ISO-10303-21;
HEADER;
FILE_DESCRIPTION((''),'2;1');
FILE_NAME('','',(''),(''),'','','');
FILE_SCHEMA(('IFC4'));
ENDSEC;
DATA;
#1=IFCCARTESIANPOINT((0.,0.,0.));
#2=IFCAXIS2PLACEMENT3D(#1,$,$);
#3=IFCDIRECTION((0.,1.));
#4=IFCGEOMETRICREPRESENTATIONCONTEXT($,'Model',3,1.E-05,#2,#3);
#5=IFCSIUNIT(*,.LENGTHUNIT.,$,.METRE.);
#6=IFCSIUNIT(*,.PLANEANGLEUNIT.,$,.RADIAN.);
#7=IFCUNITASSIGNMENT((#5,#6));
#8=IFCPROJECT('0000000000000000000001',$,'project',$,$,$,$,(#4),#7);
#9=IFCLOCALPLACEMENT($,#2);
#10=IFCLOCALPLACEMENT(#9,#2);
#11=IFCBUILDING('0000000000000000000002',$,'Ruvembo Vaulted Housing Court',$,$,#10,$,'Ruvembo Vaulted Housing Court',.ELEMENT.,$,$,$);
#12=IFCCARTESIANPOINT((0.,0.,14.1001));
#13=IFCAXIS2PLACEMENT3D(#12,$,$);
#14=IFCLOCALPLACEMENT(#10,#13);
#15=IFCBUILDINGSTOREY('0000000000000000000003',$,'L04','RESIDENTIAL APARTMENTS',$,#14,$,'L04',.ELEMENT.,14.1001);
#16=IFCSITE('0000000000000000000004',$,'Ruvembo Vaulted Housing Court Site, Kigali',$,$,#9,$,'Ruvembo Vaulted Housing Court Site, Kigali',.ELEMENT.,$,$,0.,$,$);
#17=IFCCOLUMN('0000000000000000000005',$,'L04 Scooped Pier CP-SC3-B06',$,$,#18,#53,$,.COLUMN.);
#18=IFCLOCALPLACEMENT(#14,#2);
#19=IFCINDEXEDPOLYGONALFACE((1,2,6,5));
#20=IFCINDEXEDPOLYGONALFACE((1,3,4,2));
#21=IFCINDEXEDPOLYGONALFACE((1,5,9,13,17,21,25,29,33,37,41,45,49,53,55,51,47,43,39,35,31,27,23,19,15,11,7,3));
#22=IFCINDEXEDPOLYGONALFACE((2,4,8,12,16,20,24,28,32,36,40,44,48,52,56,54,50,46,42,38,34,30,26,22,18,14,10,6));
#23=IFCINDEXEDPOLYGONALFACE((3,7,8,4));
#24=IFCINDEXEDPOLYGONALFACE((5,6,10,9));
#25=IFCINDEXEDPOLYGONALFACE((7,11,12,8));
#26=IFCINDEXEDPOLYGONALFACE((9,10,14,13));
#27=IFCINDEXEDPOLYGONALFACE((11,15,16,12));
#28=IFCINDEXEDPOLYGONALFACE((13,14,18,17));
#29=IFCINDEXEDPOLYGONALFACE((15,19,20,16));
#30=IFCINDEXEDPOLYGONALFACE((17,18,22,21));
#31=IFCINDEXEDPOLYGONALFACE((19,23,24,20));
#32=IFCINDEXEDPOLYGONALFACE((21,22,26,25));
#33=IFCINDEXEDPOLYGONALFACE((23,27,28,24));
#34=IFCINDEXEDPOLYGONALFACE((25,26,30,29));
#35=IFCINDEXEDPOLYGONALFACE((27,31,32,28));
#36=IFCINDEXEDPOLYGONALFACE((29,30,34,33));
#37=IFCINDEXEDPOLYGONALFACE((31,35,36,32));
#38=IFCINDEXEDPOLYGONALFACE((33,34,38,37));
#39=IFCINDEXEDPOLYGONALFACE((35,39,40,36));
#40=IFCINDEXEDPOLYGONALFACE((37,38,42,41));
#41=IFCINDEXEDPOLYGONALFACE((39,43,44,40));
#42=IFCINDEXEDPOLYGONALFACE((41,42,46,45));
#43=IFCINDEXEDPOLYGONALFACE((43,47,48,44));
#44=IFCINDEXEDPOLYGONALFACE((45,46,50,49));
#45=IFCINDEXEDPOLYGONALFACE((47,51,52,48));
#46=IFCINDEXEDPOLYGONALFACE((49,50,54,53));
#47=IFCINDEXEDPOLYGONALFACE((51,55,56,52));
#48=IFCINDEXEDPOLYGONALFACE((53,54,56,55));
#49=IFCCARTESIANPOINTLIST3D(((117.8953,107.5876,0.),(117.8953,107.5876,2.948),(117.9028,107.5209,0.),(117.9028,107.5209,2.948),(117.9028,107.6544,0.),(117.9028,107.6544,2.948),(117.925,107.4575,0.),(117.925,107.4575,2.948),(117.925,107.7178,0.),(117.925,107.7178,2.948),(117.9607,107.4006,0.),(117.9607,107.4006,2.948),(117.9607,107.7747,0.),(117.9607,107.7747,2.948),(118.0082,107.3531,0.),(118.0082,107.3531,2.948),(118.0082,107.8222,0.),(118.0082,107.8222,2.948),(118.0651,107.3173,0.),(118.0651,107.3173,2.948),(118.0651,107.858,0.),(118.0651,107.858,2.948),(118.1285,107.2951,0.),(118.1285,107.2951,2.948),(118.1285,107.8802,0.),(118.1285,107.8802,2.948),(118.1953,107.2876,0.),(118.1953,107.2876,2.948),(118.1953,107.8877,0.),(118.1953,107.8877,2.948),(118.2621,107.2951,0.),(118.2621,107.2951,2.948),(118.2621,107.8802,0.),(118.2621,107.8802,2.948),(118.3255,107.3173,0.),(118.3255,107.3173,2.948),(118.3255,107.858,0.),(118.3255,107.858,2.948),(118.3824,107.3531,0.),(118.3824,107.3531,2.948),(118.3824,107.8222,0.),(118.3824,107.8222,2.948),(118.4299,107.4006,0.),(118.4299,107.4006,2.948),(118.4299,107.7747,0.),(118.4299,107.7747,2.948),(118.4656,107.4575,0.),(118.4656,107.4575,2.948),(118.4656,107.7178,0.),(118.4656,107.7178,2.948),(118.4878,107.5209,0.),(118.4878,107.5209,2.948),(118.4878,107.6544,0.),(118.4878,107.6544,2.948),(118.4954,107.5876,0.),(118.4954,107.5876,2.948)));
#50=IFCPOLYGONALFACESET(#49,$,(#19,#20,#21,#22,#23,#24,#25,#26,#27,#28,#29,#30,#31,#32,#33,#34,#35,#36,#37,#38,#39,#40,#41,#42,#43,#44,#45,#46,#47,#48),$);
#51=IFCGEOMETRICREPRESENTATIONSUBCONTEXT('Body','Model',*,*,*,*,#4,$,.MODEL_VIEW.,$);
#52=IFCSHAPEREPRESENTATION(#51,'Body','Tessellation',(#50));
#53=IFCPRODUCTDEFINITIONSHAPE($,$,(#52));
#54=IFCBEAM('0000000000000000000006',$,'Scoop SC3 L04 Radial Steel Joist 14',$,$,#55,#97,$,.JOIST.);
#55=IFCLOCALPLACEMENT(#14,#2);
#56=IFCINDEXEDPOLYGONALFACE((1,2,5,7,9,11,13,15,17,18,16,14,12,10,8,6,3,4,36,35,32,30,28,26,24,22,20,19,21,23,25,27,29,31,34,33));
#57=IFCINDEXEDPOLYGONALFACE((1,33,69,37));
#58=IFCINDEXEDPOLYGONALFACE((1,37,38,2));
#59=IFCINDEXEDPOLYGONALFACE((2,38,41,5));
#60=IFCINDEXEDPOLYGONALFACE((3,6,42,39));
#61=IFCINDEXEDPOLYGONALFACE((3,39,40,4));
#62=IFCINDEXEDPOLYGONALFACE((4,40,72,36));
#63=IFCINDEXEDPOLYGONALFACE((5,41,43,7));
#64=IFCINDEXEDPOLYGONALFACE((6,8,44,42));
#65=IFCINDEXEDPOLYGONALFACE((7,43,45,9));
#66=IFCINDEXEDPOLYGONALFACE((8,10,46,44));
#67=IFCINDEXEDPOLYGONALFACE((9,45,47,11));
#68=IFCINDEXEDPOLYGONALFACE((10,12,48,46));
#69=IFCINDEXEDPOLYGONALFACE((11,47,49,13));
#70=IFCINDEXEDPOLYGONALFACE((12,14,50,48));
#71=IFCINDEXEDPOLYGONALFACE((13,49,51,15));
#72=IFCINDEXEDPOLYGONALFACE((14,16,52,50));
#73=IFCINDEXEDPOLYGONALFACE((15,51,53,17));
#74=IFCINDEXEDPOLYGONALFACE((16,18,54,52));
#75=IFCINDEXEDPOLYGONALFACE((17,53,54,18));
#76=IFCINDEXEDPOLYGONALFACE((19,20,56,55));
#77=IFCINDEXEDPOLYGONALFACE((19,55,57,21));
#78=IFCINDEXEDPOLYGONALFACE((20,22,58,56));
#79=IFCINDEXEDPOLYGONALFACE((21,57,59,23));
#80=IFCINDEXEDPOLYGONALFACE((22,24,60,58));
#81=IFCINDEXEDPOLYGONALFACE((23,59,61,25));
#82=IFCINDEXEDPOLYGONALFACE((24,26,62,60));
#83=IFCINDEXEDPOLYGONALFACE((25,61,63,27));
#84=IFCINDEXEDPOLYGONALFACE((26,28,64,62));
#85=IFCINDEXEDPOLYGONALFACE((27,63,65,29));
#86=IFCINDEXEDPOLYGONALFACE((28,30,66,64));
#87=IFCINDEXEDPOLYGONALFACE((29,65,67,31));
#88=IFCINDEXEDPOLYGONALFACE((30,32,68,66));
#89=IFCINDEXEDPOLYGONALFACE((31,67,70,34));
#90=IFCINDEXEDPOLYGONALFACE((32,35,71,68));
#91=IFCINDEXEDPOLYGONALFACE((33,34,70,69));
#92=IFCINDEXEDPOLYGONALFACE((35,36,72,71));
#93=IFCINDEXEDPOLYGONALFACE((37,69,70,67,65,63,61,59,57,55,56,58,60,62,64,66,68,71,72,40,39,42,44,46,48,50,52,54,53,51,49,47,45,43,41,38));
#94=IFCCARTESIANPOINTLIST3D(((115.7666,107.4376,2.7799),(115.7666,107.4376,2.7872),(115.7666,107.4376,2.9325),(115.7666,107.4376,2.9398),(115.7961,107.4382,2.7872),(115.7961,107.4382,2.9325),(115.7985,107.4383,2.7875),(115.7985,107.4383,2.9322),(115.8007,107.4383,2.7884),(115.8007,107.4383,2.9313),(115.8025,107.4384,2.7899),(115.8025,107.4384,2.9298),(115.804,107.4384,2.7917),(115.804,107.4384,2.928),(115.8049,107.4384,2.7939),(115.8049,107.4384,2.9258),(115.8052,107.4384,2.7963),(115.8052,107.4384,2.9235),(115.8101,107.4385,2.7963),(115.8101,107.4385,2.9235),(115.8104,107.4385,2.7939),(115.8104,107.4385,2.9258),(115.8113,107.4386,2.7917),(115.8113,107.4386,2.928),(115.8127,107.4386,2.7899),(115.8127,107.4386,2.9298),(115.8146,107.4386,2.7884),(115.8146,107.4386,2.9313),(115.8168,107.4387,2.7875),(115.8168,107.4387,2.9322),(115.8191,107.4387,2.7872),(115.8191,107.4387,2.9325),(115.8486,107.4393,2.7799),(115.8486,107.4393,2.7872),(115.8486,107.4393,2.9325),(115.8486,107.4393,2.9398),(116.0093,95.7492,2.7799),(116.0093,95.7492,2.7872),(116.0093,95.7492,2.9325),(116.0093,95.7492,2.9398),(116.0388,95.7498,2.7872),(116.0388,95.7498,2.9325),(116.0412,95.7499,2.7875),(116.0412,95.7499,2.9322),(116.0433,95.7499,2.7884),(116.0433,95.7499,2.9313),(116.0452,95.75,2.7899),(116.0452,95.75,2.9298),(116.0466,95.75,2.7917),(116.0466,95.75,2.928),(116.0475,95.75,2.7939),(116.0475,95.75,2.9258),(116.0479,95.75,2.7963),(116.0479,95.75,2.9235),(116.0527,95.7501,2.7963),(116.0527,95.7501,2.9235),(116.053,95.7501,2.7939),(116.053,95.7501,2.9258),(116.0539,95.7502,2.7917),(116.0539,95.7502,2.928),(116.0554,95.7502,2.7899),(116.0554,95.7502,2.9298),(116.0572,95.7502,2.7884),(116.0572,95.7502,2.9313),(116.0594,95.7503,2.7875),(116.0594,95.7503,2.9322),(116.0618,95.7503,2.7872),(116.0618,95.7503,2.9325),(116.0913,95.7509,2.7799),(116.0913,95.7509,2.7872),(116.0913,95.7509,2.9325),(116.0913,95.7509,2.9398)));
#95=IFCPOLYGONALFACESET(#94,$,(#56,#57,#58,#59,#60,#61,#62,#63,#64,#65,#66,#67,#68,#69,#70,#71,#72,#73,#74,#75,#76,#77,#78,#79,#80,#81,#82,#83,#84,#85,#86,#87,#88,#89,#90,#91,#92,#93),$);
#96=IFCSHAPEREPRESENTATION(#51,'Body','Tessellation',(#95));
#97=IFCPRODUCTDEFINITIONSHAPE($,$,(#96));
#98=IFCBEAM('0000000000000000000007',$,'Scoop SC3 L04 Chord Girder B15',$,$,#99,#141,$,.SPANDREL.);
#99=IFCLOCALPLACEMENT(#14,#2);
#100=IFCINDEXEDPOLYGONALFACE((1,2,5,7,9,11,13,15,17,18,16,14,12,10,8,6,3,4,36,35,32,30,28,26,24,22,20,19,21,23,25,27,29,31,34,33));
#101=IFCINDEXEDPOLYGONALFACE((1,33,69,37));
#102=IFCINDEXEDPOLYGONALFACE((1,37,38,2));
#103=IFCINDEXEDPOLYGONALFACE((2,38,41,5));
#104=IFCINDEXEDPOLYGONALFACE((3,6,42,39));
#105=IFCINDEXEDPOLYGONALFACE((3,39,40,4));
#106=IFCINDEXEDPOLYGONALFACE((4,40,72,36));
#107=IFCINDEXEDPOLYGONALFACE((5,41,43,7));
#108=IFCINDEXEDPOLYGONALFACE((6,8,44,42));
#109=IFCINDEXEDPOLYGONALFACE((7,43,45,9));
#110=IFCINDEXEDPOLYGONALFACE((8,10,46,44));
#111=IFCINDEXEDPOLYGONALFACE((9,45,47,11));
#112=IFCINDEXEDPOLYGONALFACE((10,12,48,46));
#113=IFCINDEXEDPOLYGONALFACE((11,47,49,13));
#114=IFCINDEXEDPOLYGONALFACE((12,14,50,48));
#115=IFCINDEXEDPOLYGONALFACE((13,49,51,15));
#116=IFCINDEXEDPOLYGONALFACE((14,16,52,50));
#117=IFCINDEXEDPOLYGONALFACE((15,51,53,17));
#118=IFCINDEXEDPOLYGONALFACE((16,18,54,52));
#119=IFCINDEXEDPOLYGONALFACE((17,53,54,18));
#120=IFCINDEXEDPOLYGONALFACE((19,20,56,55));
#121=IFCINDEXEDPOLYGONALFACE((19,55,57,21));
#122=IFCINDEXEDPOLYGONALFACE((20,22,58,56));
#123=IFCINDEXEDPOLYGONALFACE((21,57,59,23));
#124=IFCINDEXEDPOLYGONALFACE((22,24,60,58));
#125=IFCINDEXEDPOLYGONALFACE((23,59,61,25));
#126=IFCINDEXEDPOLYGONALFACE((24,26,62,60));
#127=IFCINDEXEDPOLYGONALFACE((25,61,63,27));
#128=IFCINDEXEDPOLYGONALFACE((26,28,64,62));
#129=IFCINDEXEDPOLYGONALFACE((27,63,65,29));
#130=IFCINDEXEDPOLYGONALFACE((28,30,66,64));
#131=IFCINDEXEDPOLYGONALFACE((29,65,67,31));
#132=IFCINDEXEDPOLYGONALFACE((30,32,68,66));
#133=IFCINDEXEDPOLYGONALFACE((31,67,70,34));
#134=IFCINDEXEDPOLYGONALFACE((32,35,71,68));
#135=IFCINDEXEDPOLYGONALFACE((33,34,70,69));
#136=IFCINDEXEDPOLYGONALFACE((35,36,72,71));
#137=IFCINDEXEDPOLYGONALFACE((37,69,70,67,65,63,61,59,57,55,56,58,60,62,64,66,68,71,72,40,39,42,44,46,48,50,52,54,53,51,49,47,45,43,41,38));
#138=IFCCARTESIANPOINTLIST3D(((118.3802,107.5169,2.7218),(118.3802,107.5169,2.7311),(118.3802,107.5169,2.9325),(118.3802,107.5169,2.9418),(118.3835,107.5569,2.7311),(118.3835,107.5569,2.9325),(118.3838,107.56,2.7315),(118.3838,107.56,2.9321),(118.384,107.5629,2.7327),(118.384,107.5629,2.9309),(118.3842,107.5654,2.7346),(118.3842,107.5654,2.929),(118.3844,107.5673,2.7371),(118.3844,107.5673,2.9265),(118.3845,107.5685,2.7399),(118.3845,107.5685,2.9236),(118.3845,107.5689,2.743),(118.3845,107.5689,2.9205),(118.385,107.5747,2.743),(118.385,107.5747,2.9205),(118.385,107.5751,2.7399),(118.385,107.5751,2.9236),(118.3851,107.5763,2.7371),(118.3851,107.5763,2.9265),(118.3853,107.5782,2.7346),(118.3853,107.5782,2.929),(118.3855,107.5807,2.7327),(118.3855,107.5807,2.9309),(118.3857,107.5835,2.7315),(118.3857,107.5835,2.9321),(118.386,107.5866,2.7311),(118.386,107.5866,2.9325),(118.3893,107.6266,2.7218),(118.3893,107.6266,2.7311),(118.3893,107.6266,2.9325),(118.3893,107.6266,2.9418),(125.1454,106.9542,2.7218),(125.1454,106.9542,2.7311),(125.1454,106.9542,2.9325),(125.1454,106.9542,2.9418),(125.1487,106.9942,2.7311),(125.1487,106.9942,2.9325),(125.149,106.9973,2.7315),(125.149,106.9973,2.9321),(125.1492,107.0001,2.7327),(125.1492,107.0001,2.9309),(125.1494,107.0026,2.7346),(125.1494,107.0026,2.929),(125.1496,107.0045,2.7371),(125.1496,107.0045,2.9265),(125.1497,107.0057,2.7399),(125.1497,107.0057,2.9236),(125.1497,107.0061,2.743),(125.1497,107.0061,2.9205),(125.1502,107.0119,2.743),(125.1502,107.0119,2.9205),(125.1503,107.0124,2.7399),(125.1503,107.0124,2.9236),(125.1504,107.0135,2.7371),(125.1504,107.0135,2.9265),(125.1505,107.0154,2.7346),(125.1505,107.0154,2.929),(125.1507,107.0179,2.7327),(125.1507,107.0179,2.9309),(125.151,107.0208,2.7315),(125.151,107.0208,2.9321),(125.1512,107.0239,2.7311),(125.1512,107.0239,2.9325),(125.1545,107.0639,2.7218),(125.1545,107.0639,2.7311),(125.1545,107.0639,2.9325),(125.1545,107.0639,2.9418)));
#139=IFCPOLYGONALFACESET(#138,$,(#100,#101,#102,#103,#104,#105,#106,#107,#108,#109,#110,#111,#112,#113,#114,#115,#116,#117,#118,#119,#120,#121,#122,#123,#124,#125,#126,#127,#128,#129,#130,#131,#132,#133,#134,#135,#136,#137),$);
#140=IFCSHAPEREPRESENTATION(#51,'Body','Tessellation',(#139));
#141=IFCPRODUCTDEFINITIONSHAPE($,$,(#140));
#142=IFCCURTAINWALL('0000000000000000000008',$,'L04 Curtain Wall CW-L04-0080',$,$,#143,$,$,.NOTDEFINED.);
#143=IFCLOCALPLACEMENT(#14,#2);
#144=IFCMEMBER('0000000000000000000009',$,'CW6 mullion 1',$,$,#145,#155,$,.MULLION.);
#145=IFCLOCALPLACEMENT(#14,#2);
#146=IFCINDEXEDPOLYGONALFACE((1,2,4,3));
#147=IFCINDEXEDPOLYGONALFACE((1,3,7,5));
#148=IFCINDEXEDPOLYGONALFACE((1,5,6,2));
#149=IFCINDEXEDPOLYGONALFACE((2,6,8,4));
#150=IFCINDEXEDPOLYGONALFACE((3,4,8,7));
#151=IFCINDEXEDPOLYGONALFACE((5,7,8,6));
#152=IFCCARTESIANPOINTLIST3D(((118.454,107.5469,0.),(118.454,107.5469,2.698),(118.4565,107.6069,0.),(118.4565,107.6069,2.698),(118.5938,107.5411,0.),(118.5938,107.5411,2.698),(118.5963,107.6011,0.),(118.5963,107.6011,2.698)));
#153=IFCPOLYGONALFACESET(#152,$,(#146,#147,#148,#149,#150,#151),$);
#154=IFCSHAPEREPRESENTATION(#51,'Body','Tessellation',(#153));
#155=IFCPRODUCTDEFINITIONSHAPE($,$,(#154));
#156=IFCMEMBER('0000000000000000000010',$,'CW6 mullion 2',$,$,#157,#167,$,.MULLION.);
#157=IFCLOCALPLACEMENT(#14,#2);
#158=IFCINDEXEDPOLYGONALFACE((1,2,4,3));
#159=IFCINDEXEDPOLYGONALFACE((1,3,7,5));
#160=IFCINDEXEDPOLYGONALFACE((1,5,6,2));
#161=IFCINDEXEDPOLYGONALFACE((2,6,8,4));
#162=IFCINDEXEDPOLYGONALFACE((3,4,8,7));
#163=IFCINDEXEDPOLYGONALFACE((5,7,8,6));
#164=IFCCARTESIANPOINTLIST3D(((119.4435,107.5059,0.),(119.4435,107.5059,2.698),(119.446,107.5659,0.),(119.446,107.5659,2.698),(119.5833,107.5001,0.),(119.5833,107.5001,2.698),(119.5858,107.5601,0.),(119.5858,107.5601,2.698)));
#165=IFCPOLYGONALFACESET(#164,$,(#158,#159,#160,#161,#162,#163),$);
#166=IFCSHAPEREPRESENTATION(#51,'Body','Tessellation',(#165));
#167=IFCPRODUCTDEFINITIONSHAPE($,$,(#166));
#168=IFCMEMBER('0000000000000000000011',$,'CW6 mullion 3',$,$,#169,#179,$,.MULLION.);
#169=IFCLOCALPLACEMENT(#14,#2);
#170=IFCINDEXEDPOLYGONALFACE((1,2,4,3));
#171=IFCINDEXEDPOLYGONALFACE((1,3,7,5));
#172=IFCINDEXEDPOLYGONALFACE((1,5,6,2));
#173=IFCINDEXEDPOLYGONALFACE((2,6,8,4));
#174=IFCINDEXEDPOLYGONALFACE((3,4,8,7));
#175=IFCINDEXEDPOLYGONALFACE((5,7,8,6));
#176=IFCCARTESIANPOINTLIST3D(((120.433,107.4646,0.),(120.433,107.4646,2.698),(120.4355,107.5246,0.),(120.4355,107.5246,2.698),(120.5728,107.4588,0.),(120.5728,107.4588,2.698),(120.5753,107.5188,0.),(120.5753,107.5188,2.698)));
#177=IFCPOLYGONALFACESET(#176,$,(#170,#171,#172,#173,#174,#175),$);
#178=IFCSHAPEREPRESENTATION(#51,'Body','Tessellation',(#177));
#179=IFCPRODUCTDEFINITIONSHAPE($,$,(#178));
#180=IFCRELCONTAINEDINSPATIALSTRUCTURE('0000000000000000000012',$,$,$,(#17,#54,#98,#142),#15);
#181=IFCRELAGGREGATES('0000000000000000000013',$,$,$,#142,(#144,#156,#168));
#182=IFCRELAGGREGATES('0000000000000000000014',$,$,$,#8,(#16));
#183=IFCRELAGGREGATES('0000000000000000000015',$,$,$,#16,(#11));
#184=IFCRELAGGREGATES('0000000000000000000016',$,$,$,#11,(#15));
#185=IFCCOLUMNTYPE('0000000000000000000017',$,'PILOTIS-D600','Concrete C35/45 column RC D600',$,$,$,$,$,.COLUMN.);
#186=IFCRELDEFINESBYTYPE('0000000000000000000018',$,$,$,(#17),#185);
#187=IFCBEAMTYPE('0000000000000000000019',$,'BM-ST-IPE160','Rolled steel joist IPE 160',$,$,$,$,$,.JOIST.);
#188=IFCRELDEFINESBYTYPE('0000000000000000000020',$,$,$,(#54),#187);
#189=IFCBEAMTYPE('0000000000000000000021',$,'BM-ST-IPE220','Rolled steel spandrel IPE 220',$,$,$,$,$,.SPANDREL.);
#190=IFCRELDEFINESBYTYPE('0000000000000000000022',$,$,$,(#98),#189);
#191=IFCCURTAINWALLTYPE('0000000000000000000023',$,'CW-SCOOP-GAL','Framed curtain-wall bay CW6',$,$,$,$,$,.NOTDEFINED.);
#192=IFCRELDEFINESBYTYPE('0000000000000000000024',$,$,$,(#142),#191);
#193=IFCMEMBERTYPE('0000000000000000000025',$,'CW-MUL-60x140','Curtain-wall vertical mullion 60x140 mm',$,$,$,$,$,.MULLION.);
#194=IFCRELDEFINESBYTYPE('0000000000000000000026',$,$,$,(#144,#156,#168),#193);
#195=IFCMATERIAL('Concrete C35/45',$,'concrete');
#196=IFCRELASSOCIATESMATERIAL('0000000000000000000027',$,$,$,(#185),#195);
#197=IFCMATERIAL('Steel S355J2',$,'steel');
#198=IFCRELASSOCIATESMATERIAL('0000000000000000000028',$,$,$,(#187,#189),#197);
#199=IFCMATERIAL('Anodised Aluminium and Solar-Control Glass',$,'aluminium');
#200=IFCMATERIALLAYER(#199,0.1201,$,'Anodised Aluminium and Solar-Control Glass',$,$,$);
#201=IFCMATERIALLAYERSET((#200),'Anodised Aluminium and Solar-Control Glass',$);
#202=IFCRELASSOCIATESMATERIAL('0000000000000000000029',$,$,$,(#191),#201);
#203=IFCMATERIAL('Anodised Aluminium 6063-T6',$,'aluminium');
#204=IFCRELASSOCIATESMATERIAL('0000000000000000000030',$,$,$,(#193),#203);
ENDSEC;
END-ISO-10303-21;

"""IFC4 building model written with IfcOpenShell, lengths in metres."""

from ifc_helpers import new_model, si_unit, direction, frame, origin, origin_2d, place, context, subcontext, project, spatial, rectangle, circle, i_section, extrude, material, layer, layer_set, material_profile, profile_set, type_object, element, aggregate, save


model = new_model("IFC4")

# Units and contexts
model_context = context("Model", 3, precision=1e-05, world=origin(), true_north=direction((0.0, 1.0)))
body_context = subcontext(model_context, "Body", "Model", "MODEL_VIEW")
ifc_project = project(units=[si_unit("LENGTHUNIT", "METRE"), si_unit("PLANEANGLEUNIT", "RADIAN")], contexts=[model_context])

# Site, building, storey
site_placement = place(None, origin())
site = spatial("IfcSite", under=ifc_project, at=site_placement, Name="Ruvembo Vaulted Housing Court Site, Kigali", LongName="Ruvembo Vaulted Housing Court Site, Kigali", CompositionType="ELEMENT", RefElevation=0.0)
building_placement = place(site_placement, origin())
building = spatial("IfcBuilding", under=site, at=building_placement, Name="Ruvembo Vaulted Housing Court", LongName="Ruvembo Vaulted Housing Court", CompositionType="ELEMENT")
storey_placement = place(building_placement, frame((0.0, 0.0, 14.1001)))
storey = spatial("IfcBuildingStorey", under=building, at=storey_placement, Name="L04", Description="RESIDENTIAL APARTMENTS", LongName="L04", CompositionType="ELEMENT", Elevation=14.1001)

# Column
ifc_material_1 = material(Name="Concrete C35/45", Category="concrete")
ifc_material_profile_1 = material_profile(ifc_material_1, circle(Radius=0.3, at=origin_2d()), Name="RC D600")
ifc_profile_set_1 = profile_set([ifc_material_profile_1], Name="Concrete C35/45")
column_type = type_object("IfcColumnType", Name="PILOTIS-D600", Description="Concrete C35/45 column RC D600", PredefinedType="COLUMN", material=ifc_profile_set_1)
column_placement = place(storey_placement, frame((118.1953, 107.5876, 0.0), z_axis=(0.0, 0.0, 1.0), x_axis=(1.0, 0.0, 0.0)))
element("IfcColumn", 1, at=column_placement, inside=storey, type_object=column_type, Name="L04 Scooped Pier CP-SC3-B06", PredefinedType="COLUMN", context=body_context, shape_type="SweptSolid", body=[
    extrude(circle(Radius=0.3, at=origin_2d()), origin(), (0.0, 0.0, 1.0), 2.948),
])

# Beams
ifc_material_2 = material(Name="Steel S355J2", Category="steel")
ifc_material_profile_2 = material_profile(ifc_material_2, i_section(OverallWidth=0.082, OverallDepth=0.1599, WebThickness=0.0049, FlangeThickness=0.0073, FilletRadius=0.009, at=origin_2d()), Name="IPE 160")
ifc_profile_set_2 = profile_set([ifc_material_profile_2], Name="Steel S355J2")
beam_type_1 = type_object("IfcBeamType", Name="BM-ST-IPE160", Description="Rolled steel joist IPE 160", PredefinedType="JOIST", material=ifc_profile_set_2)
beam_1_placement = place(storey_placement, frame((115.8076, 107.4385, 2.8599), z_axis=(0.020757, -0.999785, 0.0), x_axis=(0.999785, 0.020757, 0.0)))
element("IfcBeam", 2, at=beam_1_placement, inside=storey, type_object=beam_type_1, Name="Scoop SC3 L04 Radial Steel Joist 14", PredefinedType="JOIST", context=body_context, shape_type="SweptSolid", body=[
    extrude(i_section(OverallWidth=0.082, OverallDepth=0.1599, WebThickness=0.0049, FlangeThickness=0.0073, FilletRadius=0.009, at=origin_2d()), origin(), (0.0, 0.0, 1.0), 11.6909),
])
ifc_material_profile_3 = material_profile(ifc_material_2, i_section(OverallWidth=0.1101, OverallDepth=0.22, WebThickness=0.0059, FlangeThickness=0.0093, FilletRadius=0.012, at=origin_2d()), Name="IPE 220")
ifc_profile_set_3 = profile_set([ifc_material_profile_3], Name="Steel S355J2")
beam_type_2 = type_object("IfcBeamType", Name="BM-ST-IPE220", Description="Rolled steel spandrel IPE 220", PredefinedType="SPANDREL", material=ifc_profile_set_3)
beam_2_placement = place(storey_placement, frame((118.3848, 107.5718, 2.8318), z_axis=(0.996558, -0.082897, 0.0), x_axis=(0.082897, 0.996558, 0.0)))
element("IfcBeam", 3, at=beam_2_placement, inside=storey, type_object=beam_type_2, Name="Scoop SC3 L04 Chord Girder B15", PredefinedType="SPANDREL", context=body_context, shape_type="SweptSolid", body=[
    extrude(i_section(OverallWidth=0.1101, OverallDepth=0.22, WebThickness=0.0059, FlangeThickness=0.0093, FilletRadius=0.012, at=origin_2d()), origin(), (0.0, 0.0, 1.0), 6.7886),
])

# Curtain wall, members
ifc_material_3 = material(Name="Anodised Aluminium and Solar-Control Glass", Category="aluminium")
ifc_layer_1 = layer(ifc_material_3, 0.1201, Name="Anodised Aluminium and Solar-Control Glass")
ifc_layer_set_1 = layer_set([ifc_layer_1], Name="Anodised Aluminium and Solar-Control Glass")
curtain_wall_type = type_object("IfcCurtainWallType", Name="CW-SCOOP-GAL", Description="Framed curtain-wall bay CW6", PredefinedType="NOTDEFINED", material=ifc_layer_set_1)
curtain_wall_placement = place(storey_placement, origin())
curtain_wall = element("IfcCurtainWall", 4, at=curtain_wall_placement, inside=storey, type_object=curtain_wall_type, Name="L04 Curtain Wall CW-L04-0080", PredefinedType="NOTDEFINED")
ifc_material_4 = material(Name="Anodised Aluminium 6063-T6", Category="aluminium")
ifc_material_profile_4 = material_profile(ifc_material_4, rectangle(XDim=0.0601, YDim=0.1399, at=origin_2d()), Name="ALU 60x140")
ifc_profile_set_4 = profile_set([ifc_material_profile_4], Name="Anodised Aluminium 6063-T6")
member_type_1 = type_object("IfcMemberType", Name="CW-MUL-60x140", Description="Curtain-wall vertical mullion 60x140 mm", PredefinedType="MULLION", material=ifc_profile_set_4)
member_1_placement = place(storey_placement, frame((118.5251, 107.574, 0.0), z_axis=(0.0, 0.0, 1.0), x_axis=(0.041502, 0.999138, 0.0)))
member_1 = element("IfcMember", 5, at=member_1_placement, type_object=member_type_1, Name="CW6 mullion 1", PredefinedType="MULLION", context=body_context, shape_type="SweptSolid", body=[
    extrude(rectangle(XDim=0.0601, YDim=0.1399, at=origin_2d()), origin(), (0.0, 0.0, 1.0), 2.698),
])
member_2_placement = place(storey_placement, frame((119.5146, 107.533, 0.0), z_axis=(0.0, 0.0, 1.0), x_axis=(0.041502, 0.999138, 0.0)))
member_2 = element("IfcMember", 6, at=member_2_placement, type_object=member_type_1, Name="CW6 mullion 2", PredefinedType="MULLION", context=body_context, shape_type="SweptSolid", body=[
    extrude(rectangle(XDim=0.0601, YDim=0.1399, at=origin_2d()), origin(), (0.0, 0.0, 1.0), 2.698),
])
member_3_placement = place(storey_placement, frame((120.5042, 107.4917, 0.0), z_axis=(0.0, 0.0, 1.0), x_axis=(0.041502, 0.999138, 0.0)))
member_3 = element("IfcMember", 7, at=member_3_placement, type_object=member_type_1, Name="CW6 mullion 3", PredefinedType="MULLION", context=body_context, shape_type="SweptSolid", body=[
    extrude(rectangle(XDim=0.0601, YDim=0.1399, at=origin_2d()), origin(), (0.0, 0.0, 1.0), 2.698),
])
aggregate(curtain_wall, [member_1, member_2, member_3])

save(model, "model.ifc")
